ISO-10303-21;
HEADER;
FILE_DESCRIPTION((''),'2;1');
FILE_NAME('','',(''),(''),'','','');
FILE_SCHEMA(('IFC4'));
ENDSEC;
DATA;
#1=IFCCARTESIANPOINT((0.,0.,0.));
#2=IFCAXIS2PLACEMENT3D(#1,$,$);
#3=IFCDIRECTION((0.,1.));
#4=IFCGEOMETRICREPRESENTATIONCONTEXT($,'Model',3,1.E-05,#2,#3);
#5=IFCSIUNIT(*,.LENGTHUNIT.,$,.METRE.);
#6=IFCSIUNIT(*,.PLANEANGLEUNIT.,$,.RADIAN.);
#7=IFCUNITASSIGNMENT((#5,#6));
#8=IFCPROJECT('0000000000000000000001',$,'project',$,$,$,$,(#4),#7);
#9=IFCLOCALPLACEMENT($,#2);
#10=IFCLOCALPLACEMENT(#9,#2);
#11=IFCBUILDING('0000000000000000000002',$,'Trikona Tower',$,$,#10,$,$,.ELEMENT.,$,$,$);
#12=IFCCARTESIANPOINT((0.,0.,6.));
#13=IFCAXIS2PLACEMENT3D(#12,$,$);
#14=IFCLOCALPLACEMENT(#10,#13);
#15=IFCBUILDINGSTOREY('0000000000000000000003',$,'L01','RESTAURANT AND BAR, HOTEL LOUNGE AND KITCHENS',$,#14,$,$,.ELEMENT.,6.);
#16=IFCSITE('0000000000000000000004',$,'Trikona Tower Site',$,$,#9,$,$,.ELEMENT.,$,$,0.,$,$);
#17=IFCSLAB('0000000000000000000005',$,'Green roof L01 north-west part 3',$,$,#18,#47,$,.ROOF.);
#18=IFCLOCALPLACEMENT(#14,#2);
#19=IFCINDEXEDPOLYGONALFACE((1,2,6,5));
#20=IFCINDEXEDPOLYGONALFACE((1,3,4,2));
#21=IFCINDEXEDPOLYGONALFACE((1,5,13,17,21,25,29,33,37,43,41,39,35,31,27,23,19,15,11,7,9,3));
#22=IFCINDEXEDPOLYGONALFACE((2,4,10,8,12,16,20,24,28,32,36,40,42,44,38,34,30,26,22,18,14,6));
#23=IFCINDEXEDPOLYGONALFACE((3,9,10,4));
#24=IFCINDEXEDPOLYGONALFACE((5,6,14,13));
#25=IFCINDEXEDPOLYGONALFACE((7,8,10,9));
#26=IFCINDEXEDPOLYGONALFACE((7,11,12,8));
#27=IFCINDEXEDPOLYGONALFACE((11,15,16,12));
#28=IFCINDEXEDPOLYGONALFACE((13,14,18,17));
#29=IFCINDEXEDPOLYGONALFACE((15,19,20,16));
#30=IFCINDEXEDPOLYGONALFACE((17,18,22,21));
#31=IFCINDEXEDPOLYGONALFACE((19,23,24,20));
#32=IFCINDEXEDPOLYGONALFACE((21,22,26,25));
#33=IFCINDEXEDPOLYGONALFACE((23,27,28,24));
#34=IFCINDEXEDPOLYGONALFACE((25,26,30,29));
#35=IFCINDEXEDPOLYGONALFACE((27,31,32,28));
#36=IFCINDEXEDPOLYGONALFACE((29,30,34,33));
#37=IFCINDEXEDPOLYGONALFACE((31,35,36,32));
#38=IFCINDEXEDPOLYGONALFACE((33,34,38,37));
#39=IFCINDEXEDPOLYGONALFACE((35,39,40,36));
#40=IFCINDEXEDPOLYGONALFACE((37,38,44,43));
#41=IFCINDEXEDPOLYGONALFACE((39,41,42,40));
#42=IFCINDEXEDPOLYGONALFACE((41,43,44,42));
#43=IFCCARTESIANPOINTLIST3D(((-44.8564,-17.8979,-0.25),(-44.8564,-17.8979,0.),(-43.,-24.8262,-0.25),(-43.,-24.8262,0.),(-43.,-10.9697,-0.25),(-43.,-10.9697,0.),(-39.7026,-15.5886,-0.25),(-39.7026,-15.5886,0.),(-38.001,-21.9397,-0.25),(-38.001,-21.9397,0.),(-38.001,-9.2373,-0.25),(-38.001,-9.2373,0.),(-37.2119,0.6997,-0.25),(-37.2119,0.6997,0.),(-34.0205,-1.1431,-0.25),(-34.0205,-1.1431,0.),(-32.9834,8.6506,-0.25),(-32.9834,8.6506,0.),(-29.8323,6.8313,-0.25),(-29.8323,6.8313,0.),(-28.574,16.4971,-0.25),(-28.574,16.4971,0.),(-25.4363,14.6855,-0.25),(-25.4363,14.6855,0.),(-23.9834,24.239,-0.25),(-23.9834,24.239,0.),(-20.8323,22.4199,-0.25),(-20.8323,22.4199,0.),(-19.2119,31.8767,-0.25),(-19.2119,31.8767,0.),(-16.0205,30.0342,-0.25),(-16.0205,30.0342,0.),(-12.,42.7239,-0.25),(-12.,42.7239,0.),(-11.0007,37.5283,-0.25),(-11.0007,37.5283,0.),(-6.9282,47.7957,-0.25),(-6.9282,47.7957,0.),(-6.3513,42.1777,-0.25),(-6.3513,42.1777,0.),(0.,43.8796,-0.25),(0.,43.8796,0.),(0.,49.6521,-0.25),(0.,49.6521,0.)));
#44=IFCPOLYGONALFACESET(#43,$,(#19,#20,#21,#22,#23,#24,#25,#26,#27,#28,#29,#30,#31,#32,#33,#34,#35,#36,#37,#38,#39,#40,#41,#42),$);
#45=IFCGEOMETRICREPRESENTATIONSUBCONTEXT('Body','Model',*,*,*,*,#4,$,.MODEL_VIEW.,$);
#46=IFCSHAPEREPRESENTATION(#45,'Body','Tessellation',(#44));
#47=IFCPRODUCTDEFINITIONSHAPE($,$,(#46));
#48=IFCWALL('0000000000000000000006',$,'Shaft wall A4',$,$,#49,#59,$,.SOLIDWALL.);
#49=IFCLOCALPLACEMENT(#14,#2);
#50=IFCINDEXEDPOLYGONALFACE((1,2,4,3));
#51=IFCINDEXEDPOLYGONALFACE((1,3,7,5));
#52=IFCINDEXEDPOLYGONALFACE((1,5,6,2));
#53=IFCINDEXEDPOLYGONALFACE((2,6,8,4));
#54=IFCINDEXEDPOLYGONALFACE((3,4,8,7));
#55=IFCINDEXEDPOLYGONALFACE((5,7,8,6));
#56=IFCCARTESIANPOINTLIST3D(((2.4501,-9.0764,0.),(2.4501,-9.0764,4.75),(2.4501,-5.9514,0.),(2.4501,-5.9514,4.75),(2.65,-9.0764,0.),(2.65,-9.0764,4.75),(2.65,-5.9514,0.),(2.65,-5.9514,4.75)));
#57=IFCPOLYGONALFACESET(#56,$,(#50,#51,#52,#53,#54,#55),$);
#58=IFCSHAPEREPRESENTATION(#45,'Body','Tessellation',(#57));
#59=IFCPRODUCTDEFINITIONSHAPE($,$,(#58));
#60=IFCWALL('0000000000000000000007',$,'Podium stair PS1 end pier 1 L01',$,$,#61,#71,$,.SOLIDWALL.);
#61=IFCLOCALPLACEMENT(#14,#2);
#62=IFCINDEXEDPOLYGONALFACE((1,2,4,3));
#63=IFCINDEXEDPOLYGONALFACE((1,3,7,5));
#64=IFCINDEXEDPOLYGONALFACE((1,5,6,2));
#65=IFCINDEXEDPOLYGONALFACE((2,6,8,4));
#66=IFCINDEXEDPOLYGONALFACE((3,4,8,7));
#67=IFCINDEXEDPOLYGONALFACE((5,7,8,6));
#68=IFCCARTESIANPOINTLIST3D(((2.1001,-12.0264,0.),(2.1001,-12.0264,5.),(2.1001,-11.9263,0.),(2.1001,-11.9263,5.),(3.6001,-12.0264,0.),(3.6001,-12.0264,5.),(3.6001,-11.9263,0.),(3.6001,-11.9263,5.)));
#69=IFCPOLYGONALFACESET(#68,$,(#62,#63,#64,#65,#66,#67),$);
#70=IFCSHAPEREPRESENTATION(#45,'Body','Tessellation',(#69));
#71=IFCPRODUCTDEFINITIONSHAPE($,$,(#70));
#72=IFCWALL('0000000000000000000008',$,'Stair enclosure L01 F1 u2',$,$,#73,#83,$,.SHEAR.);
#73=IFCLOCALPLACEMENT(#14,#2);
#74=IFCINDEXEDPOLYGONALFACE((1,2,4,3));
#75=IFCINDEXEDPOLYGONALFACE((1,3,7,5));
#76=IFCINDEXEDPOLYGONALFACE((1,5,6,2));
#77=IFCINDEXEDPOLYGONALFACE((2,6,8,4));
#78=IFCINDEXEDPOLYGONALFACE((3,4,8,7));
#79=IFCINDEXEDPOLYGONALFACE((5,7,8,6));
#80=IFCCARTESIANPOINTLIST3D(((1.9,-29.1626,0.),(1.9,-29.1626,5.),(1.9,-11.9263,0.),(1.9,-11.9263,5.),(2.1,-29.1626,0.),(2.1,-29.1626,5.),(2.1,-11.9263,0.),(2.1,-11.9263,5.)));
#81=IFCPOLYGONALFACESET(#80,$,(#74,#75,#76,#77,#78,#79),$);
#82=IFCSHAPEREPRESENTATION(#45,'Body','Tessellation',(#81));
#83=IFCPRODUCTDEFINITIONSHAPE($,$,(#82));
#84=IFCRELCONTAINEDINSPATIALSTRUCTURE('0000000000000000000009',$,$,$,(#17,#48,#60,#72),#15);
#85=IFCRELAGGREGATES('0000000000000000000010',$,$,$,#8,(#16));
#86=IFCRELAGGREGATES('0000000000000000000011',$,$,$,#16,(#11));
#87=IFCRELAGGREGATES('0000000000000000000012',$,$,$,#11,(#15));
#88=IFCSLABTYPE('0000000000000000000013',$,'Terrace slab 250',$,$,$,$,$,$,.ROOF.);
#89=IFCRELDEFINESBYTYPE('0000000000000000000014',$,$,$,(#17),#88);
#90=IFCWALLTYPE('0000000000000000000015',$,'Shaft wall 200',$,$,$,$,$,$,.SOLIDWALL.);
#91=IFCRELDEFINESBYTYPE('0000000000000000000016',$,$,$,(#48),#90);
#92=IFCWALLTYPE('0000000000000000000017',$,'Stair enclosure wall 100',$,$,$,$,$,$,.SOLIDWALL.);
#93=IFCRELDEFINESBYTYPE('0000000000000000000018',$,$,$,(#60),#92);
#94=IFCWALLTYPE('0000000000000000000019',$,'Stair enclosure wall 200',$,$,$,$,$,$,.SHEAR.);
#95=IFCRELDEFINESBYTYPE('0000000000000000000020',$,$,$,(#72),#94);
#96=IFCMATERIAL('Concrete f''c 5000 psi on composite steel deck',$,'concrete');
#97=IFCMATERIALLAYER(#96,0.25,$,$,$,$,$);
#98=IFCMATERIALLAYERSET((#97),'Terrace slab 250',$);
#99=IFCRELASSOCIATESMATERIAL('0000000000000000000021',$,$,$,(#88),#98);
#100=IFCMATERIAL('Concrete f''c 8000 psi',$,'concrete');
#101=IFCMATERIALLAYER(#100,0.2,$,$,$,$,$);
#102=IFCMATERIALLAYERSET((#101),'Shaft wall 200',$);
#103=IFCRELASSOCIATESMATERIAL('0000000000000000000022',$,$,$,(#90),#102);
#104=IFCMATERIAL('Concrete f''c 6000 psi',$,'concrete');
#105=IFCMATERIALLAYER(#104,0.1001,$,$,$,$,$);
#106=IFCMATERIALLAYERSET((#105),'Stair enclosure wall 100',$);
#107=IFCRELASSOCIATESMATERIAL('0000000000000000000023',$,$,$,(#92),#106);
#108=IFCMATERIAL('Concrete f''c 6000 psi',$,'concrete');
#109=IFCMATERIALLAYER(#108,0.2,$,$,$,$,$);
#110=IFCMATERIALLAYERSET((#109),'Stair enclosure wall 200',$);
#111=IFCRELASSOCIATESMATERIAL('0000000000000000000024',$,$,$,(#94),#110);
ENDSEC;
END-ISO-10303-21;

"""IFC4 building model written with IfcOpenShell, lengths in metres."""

from ifc_helpers import new_model, si_unit, direction, frame, frame_2d, origin, place, context, subcontext, project, spatial, polyline, rectangle, outline, extrude, material, layer, layer_set, type_object, element, save


model = new_model("IFC4")

# Units and contexts
model_context = context("Model", 3, precision=1e-05, world=origin(), true_north=direction((0.0, 1.0)))
body_context = subcontext(model_context, "Body", "Model", "MODEL_VIEW")
ifc_project = project(units=[si_unit("LENGTHUNIT", "METRE"), si_unit("PLANEANGLEUNIT", "RADIAN")], contexts=[model_context])

# Site, building, storey
site_placement = place(None, origin())
site = spatial("IfcSite", under=ifc_project, at=site_placement, Name="Trikona Tower Site", CompositionType="ELEMENT", RefElevation=0.0)
building_placement = place(site_placement, origin())
building = spatial("IfcBuilding", under=site, at=building_placement, Name="Trikona Tower", CompositionType="ELEMENT")
storey_placement = place(building_placement, frame((0.0, 0.0, 6.0)))
storey = spatial("IfcBuildingStorey", under=building, at=storey_placement, Name="L01", Description="RESTAURANT AND BAR, HOTEL LOUNGE AND KITCHENS", CompositionType="ELEMENT", Elevation=6.0)

# Slab
ifc_material_1 = material(Name="Concrete f'c 5000 psi on composite steel deck", Category="concrete")
ifc_layer_1 = layer(ifc_material_1, 0.25)
ifc_layer_set_1 = layer_set([ifc_layer_1], Name="Terrace slab 250")
slab_type_1 = type_object("IfcSlabType", Name="Terrace slab 250", PredefinedType="ROOF", material=ifc_layer_set_1)
slab_1_placement = place(storey_placement, frame((0.0, 0.0, -0.25)))
element("IfcSlab", 1, at=slab_1_placement, inside=storey, type_object=slab_type_1, Name="Green roof L01 north-west part 3", PredefinedType="ROOF", context=body_context, shape_type="SweptSolid", body=[
    extrude(outline(polyline([(-44.8564, -17.8979), (-43.0, -24.8262), (-38.001, -21.9397), (-39.7026, -15.5886), (-38.001, -9.2373), (-34.0205, -1.1431), (-29.8323, 6.8313), (-25.4363, 14.6855), (-20.8323, 22.4199), (-16.0205, 30.0342), (-11.0007, 37.5283), (-6.3513, 42.1777), (0.0, 43.8796), (0.0, 49.6521), (-6.9282, 47.7957), (-12.0, 42.7239), (-19.2119, 31.8767), (-23.9834, 24.239), (-28.574, 16.4971), (-32.9834, 8.6506), (-37.2119, 0.6997), (-43.0, -10.9697), (-44.8564, -17.8979)])), origin(), (0.0, 0.0, 1.0), 0.25),
])

# Walls
ifc_material_2 = material(Name="Concrete f'c 8000 psi", Category="concrete")
ifc_layer_2 = layer(ifc_material_2, 0.2)
ifc_layer_set_2 = layer_set([ifc_layer_2], Name="Shaft wall 200")
wall_type_1 = type_object("IfcWallType", Name="Shaft wall 200", PredefinedType="SOLIDWALL", material=ifc_layer_set_2)
wall_1_placement = place(storey_placement, frame((2.55, -5.9514, 0.0), z_axis=(0.0, 0.0, 1.0), x_axis=(0.0, -1.0, 0.0)))
element("IfcWall", 2, at=wall_1_placement, inside=storey, type_object=wall_type_1, Name="Shaft wall A4", PredefinedType="SOLIDWALL", context=body_context, shape_type="SweptSolid", body=[
    extrude(rectangle(XDim=3.125, YDim=0.2, at=frame_2d((1.5625, 0.0))), origin(), (0.0, 0.0, 1.0), 4.75),
])
ifc_material_3 = material(Name="Concrete f'c 6000 psi", Category="concrete")
ifc_layer_3 = layer(ifc_material_3, 0.1001)
ifc_layer_set_3 = layer_set([ifc_layer_3], Name="Stair enclosure wall 100")
wall_type_2 = type_object("IfcWallType", Name="Stair enclosure wall 100", PredefinedType="SOLIDWALL", material=ifc_layer_set_3)
wall_2_placement = place(storey_placement, frame((2.1001, -11.9763, 0.0), z_axis=(0.0, 0.0, 1.0), x_axis=(1.0, 0.0, 0.0)))
element("IfcWall", 3, at=wall_2_placement, inside=storey, type_object=wall_type_2, Name="Podium stair PS1 end pier 1 L01", PredefinedType="SOLIDWALL", context=body_context, shape_type="SweptSolid", body=[
    extrude(rectangle(XDim=1.5, YDim=0.1001, at=frame_2d((0.75, 0.0))), origin(), (0.0, 0.0, 1.0), 5.0),
])
ifc_material_4 = material(Name="Concrete f'c 6000 psi", Category="concrete")
ifc_layer_4 = layer(ifc_material_4, 0.2)
ifc_layer_set_4 = layer_set([ifc_layer_4], Name="Stair enclosure wall 200")
wall_type_3 = type_object("IfcWallType", Name="Stair enclosure wall 200", PredefinedType="SHEAR", material=ifc_layer_set_4)
wall_3_placement = place(storey_placement, frame((2.0, -11.9263, 0.0), z_axis=(0.0, 0.0, 1.0), x_axis=(0.0, -1.0, 0.0)))
element("IfcWall", 4, at=wall_3_placement, inside=storey, type_object=wall_type_3, Name="Stair enclosure L01 F1 u2", PredefinedType="SHEAR", context=body_context, shape_type="SweptSolid", body=[
    extrude(rectangle(XDim=17.2363, YDim=0.2, at=frame_2d((8.6182, 0.0))), origin(), (0.0, 0.0, 1.0), 5.0),
])

save(model, "model.ifc")
